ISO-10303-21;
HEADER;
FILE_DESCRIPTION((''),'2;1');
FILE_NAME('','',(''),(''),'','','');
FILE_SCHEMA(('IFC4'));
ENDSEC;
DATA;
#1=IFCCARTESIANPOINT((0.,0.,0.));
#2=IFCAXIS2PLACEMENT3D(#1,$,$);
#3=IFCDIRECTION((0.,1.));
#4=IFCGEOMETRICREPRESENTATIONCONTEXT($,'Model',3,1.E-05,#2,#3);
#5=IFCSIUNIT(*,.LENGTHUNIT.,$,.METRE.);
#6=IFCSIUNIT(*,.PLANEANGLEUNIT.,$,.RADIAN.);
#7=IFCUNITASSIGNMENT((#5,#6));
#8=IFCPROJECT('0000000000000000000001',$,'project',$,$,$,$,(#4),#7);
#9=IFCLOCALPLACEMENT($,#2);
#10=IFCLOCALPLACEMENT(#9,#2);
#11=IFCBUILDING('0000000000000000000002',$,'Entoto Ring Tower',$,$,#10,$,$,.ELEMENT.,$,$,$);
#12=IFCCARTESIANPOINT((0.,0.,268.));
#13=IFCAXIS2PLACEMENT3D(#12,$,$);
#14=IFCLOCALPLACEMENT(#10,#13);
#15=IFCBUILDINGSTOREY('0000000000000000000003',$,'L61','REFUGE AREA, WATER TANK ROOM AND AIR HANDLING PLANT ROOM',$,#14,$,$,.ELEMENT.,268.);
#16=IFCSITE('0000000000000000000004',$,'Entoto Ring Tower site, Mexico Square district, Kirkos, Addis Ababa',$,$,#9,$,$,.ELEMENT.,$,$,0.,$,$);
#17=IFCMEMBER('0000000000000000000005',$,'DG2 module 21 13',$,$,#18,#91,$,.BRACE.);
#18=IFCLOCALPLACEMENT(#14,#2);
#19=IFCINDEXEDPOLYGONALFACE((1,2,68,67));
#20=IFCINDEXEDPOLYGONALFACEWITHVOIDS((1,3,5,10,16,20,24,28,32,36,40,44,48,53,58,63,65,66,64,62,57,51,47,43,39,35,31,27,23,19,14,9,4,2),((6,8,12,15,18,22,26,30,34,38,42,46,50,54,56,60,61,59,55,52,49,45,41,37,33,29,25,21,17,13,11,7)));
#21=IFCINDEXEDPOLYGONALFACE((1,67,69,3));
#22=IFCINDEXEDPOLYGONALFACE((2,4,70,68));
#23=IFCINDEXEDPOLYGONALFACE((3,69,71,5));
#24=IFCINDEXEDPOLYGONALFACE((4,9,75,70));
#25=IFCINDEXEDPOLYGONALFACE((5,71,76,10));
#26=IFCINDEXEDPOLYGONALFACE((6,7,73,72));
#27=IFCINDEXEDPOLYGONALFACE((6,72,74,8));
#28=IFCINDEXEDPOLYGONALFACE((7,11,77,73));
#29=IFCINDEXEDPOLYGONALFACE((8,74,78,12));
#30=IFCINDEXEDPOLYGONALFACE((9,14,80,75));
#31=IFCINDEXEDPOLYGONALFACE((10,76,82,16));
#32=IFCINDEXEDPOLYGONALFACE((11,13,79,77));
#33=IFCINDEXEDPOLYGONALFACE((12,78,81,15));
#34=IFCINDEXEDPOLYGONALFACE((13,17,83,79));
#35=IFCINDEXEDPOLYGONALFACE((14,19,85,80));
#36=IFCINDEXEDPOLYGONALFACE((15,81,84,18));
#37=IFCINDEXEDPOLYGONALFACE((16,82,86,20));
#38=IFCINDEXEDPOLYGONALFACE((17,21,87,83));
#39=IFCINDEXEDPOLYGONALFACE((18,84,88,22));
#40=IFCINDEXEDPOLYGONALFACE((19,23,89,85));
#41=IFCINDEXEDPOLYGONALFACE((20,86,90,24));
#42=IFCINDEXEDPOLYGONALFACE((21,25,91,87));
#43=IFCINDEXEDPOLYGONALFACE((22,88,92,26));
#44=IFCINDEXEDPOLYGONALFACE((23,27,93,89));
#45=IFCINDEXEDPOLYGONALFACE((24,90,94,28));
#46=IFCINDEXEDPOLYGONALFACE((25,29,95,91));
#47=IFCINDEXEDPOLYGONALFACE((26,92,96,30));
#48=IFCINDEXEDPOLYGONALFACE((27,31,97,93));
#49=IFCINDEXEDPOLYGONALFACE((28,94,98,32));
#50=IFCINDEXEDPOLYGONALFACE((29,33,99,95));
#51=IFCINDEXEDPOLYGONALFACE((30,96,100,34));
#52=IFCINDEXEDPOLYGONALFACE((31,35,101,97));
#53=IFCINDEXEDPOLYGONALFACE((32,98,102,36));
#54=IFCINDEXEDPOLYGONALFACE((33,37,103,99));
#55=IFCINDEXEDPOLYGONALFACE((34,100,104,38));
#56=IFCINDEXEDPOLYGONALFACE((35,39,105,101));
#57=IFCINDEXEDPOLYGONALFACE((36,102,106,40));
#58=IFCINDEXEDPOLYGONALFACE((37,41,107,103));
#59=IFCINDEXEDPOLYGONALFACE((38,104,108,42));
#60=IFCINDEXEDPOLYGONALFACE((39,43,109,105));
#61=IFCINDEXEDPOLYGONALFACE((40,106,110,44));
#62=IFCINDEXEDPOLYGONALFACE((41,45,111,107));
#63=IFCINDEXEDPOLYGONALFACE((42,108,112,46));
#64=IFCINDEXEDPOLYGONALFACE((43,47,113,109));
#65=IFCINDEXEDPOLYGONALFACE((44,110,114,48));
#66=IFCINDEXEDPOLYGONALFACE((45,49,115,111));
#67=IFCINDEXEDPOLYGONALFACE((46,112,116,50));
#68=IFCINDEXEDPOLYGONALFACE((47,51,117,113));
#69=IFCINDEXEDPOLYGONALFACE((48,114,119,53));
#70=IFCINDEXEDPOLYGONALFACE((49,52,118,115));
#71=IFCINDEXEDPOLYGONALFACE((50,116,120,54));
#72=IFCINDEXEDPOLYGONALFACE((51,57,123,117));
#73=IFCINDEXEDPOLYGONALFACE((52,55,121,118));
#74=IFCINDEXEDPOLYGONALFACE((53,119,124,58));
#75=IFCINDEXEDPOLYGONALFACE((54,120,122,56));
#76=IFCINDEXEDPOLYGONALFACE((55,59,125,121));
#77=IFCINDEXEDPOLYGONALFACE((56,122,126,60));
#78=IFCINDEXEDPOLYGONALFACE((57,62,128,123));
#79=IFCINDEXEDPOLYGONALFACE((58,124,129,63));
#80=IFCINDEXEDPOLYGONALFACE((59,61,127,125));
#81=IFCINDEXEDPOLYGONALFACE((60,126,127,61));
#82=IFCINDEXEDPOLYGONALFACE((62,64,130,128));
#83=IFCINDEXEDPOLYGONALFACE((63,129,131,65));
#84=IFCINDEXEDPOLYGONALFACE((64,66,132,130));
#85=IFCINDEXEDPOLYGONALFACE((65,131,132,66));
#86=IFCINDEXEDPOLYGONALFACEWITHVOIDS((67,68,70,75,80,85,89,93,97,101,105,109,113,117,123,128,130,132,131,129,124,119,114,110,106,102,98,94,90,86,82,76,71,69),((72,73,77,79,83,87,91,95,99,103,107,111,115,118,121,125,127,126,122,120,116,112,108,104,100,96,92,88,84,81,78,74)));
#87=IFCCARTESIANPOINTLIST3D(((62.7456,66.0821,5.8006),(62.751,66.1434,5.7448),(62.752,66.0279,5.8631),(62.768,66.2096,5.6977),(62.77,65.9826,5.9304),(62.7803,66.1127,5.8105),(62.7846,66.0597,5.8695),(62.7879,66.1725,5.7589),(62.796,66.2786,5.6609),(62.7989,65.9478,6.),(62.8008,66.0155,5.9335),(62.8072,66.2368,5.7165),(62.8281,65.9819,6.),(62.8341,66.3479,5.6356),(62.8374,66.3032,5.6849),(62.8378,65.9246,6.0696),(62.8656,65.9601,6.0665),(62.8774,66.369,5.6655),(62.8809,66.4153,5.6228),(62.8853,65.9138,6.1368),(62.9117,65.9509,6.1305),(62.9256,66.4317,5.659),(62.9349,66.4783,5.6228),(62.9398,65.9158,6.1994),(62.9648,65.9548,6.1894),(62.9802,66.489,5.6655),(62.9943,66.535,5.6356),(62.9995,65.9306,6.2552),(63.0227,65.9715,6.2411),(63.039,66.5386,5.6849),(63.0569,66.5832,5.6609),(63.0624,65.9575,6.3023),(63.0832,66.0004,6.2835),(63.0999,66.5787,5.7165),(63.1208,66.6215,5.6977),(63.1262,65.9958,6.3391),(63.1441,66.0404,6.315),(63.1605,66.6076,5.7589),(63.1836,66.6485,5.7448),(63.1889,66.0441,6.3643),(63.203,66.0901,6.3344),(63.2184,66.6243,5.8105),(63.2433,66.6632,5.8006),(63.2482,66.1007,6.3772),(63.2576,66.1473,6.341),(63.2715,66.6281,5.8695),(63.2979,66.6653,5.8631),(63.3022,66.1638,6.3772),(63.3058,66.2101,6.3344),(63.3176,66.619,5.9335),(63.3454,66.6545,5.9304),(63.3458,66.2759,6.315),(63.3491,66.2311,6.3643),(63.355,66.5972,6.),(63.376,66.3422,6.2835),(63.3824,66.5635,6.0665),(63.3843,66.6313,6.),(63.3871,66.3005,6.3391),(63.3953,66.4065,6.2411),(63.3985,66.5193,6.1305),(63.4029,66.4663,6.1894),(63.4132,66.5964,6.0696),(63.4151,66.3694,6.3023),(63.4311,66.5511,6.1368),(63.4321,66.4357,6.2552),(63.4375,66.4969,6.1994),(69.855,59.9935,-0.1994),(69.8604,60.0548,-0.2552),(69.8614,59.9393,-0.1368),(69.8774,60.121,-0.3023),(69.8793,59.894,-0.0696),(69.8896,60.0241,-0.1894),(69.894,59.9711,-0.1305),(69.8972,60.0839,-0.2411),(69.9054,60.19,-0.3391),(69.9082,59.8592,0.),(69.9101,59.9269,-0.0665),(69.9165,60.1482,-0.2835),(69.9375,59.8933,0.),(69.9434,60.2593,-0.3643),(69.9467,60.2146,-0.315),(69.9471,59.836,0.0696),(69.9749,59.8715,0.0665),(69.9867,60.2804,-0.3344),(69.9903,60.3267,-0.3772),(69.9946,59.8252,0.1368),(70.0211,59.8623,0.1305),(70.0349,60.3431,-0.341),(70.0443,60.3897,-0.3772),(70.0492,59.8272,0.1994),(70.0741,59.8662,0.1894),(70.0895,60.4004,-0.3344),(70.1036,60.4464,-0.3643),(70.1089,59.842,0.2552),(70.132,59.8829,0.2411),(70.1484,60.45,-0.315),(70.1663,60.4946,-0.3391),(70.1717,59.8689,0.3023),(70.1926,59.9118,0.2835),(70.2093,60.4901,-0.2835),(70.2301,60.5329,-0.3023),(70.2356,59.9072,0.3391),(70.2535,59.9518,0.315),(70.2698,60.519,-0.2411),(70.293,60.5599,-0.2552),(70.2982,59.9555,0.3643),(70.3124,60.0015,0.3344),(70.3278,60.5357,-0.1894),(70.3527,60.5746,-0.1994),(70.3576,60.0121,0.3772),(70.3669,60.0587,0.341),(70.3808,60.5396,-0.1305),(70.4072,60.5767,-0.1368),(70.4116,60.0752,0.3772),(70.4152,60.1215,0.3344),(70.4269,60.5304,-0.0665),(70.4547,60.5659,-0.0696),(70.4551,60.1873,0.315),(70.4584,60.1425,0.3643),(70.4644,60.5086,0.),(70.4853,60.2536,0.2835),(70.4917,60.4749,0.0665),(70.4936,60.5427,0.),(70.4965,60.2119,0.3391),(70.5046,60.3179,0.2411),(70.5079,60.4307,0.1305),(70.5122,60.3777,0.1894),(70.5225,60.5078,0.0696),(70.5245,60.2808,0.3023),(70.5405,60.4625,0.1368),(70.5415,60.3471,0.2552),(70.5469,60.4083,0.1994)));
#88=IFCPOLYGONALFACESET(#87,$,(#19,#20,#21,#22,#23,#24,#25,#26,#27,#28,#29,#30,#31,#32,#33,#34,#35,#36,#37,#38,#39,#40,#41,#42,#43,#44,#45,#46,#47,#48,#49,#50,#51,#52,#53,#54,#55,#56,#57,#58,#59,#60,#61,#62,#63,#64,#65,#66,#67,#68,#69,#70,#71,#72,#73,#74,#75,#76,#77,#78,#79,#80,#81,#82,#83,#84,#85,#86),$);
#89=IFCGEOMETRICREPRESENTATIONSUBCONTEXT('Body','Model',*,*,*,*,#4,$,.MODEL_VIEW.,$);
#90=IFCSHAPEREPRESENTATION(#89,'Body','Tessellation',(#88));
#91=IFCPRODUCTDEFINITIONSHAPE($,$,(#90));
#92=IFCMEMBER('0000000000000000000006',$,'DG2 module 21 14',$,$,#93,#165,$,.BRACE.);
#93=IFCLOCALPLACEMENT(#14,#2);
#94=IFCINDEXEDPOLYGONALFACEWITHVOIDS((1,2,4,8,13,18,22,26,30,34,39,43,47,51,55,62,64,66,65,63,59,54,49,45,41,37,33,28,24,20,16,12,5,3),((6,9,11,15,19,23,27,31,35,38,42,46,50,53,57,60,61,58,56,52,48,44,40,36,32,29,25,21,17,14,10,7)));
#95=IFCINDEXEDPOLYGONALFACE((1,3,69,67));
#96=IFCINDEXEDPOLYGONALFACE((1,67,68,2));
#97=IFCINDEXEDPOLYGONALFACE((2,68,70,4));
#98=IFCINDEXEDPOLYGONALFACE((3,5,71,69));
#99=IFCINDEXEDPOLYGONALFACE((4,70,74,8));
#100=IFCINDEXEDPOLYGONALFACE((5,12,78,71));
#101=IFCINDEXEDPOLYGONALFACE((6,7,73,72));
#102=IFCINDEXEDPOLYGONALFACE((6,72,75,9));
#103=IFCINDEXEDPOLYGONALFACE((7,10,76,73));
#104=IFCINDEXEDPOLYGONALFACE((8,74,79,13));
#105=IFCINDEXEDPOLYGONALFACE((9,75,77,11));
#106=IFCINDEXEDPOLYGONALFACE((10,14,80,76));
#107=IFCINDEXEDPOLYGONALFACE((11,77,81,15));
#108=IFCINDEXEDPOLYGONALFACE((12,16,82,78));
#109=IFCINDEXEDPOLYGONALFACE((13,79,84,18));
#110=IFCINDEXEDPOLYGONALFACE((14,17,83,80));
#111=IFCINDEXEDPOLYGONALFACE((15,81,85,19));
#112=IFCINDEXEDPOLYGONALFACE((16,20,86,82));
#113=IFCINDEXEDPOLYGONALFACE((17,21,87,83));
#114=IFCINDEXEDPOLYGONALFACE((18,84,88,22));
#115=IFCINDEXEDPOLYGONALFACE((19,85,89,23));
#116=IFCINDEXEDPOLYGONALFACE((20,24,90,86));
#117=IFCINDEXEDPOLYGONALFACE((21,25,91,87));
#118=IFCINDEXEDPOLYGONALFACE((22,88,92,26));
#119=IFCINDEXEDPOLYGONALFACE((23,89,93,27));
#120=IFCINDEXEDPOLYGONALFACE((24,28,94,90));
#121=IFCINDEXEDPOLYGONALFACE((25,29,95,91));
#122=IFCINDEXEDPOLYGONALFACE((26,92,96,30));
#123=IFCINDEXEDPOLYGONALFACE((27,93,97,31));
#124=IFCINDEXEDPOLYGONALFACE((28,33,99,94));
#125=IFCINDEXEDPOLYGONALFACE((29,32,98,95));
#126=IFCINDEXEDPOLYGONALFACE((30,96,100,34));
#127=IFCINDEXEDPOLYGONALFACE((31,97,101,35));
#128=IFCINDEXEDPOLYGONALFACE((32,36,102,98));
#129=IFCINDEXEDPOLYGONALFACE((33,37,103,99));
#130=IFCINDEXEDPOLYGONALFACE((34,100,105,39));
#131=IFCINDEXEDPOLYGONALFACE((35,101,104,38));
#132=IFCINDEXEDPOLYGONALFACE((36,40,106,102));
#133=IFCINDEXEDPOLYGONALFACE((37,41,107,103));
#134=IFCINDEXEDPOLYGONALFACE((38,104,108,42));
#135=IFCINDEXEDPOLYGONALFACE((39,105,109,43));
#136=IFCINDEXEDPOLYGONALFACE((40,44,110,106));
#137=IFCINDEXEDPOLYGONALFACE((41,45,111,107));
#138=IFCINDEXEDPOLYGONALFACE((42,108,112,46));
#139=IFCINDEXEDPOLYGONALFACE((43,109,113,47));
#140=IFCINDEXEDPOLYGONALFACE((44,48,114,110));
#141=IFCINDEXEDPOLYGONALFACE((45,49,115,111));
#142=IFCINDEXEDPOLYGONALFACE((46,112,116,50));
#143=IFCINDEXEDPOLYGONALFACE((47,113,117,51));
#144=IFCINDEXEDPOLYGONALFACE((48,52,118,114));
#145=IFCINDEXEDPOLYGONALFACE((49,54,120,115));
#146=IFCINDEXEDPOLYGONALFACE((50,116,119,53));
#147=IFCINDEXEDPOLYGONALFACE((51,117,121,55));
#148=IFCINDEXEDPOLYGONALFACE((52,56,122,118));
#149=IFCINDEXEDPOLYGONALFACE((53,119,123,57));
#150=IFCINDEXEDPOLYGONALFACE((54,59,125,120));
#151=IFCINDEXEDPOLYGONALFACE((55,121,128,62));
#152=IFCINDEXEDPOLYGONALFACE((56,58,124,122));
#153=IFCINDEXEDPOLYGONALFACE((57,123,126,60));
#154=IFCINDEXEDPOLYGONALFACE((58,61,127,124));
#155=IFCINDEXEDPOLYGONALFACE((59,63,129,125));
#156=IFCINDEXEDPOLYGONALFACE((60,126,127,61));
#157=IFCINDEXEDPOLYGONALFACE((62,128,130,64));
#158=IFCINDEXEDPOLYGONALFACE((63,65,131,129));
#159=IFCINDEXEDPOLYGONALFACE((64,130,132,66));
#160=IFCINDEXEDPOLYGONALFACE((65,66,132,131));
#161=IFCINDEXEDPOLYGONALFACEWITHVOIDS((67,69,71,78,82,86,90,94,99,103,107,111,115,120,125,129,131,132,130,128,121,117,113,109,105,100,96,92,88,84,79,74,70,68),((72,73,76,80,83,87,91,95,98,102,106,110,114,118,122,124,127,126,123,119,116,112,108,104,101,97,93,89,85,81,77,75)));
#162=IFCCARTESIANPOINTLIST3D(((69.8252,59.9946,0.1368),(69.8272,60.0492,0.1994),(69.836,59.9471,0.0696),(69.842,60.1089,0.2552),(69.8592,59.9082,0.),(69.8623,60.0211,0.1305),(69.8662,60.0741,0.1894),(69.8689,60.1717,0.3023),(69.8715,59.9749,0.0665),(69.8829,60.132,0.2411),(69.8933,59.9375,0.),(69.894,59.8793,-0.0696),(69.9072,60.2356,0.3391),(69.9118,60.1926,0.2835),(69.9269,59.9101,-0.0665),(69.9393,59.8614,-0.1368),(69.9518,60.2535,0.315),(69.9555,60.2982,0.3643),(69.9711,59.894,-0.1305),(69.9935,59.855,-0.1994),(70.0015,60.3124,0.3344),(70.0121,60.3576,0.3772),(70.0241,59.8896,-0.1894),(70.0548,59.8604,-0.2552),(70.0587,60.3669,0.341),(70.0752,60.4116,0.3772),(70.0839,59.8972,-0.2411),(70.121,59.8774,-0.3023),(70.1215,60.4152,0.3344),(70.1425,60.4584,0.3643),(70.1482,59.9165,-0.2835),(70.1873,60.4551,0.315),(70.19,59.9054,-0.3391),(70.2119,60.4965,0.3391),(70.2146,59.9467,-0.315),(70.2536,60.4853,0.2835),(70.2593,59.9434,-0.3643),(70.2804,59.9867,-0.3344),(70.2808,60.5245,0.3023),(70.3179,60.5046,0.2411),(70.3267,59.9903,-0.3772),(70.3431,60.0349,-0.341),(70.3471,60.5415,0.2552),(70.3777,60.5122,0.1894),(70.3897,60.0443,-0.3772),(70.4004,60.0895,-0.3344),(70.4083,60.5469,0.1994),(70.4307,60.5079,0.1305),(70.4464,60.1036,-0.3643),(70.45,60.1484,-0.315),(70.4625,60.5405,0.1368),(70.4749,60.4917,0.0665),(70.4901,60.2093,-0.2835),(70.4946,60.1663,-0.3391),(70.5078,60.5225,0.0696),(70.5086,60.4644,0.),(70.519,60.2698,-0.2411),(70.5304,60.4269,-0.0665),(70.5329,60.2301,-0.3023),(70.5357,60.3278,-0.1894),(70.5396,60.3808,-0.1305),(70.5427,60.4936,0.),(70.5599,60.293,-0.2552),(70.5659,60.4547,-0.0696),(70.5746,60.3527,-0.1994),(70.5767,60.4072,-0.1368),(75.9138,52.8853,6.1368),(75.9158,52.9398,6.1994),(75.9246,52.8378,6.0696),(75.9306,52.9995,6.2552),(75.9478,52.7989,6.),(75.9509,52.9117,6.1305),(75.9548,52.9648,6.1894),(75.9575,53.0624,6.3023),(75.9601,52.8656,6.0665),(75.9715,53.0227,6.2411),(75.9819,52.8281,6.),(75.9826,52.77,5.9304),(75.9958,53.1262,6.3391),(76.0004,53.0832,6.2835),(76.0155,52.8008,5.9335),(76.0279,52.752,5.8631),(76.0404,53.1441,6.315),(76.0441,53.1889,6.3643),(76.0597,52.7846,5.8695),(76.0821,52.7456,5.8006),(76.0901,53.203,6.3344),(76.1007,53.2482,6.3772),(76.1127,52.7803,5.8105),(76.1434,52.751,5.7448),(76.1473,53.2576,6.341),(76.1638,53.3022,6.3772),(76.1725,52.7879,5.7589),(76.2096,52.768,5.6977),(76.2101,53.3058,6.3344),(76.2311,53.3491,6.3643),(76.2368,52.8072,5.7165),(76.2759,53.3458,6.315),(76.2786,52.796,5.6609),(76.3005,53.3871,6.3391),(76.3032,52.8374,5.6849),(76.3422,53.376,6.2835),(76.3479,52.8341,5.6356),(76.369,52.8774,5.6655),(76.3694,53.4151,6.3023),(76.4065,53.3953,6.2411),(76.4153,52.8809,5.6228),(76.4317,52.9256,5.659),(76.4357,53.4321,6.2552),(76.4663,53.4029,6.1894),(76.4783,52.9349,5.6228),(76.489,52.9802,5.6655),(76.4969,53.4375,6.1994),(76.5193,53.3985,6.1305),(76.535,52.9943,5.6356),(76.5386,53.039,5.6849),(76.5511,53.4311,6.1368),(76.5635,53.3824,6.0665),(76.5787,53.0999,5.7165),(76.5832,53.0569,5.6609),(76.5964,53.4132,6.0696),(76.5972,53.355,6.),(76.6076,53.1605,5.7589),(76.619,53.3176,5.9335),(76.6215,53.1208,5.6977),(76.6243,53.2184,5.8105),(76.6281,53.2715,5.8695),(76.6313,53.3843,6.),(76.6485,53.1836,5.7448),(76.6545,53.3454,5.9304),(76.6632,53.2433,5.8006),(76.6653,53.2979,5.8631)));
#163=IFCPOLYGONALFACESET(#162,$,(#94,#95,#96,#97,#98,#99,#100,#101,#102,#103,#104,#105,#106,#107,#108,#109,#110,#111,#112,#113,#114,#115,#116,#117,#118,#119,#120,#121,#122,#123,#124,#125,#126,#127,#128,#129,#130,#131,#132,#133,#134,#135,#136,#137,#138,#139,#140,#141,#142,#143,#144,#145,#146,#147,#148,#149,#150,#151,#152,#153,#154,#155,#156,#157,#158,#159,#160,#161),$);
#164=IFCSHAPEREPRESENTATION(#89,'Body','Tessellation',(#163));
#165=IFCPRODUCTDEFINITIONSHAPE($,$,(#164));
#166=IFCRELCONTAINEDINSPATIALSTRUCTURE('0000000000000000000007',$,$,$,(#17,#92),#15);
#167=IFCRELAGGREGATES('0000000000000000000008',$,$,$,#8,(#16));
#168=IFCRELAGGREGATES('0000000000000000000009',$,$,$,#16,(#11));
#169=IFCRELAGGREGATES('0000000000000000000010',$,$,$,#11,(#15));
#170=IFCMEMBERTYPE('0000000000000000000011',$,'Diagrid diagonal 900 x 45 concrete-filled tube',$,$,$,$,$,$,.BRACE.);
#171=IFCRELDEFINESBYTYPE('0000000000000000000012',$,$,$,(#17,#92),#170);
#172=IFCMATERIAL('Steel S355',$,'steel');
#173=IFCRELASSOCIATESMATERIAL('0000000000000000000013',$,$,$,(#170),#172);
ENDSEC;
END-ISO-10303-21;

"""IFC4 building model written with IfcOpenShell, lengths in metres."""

from ifc_helpers import new_model, si_unit, direction, frame, origin, origin_2d, place, context, subcontext, project, spatial, circle, hollow_circle, extrude, material, material_profile, profile_set, type_object, element, save


model = new_model("IFC4")

# Units and contexts
model_context = context("Model", 3, precision=1e-05, world=origin(), true_north=direction((0.0, 1.0)))
body_context = subcontext(model_context, "Body", "Model", "MODEL_VIEW")
ifc_project = project(units=[si_unit("LENGTHUNIT", "METRE"), si_unit("PLANEANGLEUNIT", "RADIAN")], contexts=[model_context])

# Site, building, storey
site_placement = place(None, origin())
site = spatial("IfcSite", under=ifc_project, at=site_placement, Name="Entoto Ring Tower site, Mexico Square district, Kirkos, Addis Ababa", CompositionType="ELEMENT", RefElevation=0.0)
building_placement = place(site_placement, origin())
building = spatial("IfcBuilding", under=site, at=building_placement, Name="Entoto Ring Tower", CompositionType="ELEMENT")
storey_placement = place(building_placement, frame((0.0, 0.0, 268.0)))
storey = spatial("IfcBuildingStorey", under=building, at=storey_placement, Name="L61", Description="REFUGE AREA, WATER TANK ROOM AND AIR HANDLING PLANT ROOM", CompositionType="ELEMENT", Elevation=268.0)

# Members
ifc_material_1 = material(Name="Steel S355", Category="steel")
ifc_material_profile_1 = material_profile(ifc_material_1, hollow_circle(Radius=0.45, WallThickness=0.0449, at=origin_2d()), Name="CHS 900 x 45")
ifc_material_2 = material(Name="Concrete C60/75", Category="concrete")
ifc_material_profile_2 = material_profile(ifc_material_2, circle(Radius=0.405, at=origin_2d()), Name="Concrete C60/75 infill")
ifc_profile_set_1 = profile_set([ifc_material_profile_1, ifc_material_profile_2], Name="Steel S355")
member_type_1 = type_object("IfcMemberType", Name="Diagrid diagonal 900 x 45 concrete-filled tube", PredefinedType="BRACE", material=ifc_profile_set_1)
for number, where, z_axis, x_axis, name in (
    (1, (70.2009, 60.2009, 0.0), (-0.639435, 0.547626, 0.539655), (-0.650476, -0.759527, 0.0), "DG2 module 21 13"),
    (2, (70.2009, 60.2009, 0.0), (0.547626, -0.639435, 0.539655), (0.759527, 0.650476, 0.0), "DG2 module 21 14"),
):
    element("IfcMember", number, at=place(storey_placement, frame(where, z_axis=z_axis, x_axis=x_axis)), inside=storey, type_object=member_type_1, Name=name, PredefinedType="BRACE", context=body_context, shape_type="SweptSolid", body=[
        extrude(hollow_circle(Radius=0.45, WallThickness=0.0449, at=origin_2d()), origin(), (0.0, 0.0, 1.0), 11.1182),
    ])

save(model, "model.ifc")
